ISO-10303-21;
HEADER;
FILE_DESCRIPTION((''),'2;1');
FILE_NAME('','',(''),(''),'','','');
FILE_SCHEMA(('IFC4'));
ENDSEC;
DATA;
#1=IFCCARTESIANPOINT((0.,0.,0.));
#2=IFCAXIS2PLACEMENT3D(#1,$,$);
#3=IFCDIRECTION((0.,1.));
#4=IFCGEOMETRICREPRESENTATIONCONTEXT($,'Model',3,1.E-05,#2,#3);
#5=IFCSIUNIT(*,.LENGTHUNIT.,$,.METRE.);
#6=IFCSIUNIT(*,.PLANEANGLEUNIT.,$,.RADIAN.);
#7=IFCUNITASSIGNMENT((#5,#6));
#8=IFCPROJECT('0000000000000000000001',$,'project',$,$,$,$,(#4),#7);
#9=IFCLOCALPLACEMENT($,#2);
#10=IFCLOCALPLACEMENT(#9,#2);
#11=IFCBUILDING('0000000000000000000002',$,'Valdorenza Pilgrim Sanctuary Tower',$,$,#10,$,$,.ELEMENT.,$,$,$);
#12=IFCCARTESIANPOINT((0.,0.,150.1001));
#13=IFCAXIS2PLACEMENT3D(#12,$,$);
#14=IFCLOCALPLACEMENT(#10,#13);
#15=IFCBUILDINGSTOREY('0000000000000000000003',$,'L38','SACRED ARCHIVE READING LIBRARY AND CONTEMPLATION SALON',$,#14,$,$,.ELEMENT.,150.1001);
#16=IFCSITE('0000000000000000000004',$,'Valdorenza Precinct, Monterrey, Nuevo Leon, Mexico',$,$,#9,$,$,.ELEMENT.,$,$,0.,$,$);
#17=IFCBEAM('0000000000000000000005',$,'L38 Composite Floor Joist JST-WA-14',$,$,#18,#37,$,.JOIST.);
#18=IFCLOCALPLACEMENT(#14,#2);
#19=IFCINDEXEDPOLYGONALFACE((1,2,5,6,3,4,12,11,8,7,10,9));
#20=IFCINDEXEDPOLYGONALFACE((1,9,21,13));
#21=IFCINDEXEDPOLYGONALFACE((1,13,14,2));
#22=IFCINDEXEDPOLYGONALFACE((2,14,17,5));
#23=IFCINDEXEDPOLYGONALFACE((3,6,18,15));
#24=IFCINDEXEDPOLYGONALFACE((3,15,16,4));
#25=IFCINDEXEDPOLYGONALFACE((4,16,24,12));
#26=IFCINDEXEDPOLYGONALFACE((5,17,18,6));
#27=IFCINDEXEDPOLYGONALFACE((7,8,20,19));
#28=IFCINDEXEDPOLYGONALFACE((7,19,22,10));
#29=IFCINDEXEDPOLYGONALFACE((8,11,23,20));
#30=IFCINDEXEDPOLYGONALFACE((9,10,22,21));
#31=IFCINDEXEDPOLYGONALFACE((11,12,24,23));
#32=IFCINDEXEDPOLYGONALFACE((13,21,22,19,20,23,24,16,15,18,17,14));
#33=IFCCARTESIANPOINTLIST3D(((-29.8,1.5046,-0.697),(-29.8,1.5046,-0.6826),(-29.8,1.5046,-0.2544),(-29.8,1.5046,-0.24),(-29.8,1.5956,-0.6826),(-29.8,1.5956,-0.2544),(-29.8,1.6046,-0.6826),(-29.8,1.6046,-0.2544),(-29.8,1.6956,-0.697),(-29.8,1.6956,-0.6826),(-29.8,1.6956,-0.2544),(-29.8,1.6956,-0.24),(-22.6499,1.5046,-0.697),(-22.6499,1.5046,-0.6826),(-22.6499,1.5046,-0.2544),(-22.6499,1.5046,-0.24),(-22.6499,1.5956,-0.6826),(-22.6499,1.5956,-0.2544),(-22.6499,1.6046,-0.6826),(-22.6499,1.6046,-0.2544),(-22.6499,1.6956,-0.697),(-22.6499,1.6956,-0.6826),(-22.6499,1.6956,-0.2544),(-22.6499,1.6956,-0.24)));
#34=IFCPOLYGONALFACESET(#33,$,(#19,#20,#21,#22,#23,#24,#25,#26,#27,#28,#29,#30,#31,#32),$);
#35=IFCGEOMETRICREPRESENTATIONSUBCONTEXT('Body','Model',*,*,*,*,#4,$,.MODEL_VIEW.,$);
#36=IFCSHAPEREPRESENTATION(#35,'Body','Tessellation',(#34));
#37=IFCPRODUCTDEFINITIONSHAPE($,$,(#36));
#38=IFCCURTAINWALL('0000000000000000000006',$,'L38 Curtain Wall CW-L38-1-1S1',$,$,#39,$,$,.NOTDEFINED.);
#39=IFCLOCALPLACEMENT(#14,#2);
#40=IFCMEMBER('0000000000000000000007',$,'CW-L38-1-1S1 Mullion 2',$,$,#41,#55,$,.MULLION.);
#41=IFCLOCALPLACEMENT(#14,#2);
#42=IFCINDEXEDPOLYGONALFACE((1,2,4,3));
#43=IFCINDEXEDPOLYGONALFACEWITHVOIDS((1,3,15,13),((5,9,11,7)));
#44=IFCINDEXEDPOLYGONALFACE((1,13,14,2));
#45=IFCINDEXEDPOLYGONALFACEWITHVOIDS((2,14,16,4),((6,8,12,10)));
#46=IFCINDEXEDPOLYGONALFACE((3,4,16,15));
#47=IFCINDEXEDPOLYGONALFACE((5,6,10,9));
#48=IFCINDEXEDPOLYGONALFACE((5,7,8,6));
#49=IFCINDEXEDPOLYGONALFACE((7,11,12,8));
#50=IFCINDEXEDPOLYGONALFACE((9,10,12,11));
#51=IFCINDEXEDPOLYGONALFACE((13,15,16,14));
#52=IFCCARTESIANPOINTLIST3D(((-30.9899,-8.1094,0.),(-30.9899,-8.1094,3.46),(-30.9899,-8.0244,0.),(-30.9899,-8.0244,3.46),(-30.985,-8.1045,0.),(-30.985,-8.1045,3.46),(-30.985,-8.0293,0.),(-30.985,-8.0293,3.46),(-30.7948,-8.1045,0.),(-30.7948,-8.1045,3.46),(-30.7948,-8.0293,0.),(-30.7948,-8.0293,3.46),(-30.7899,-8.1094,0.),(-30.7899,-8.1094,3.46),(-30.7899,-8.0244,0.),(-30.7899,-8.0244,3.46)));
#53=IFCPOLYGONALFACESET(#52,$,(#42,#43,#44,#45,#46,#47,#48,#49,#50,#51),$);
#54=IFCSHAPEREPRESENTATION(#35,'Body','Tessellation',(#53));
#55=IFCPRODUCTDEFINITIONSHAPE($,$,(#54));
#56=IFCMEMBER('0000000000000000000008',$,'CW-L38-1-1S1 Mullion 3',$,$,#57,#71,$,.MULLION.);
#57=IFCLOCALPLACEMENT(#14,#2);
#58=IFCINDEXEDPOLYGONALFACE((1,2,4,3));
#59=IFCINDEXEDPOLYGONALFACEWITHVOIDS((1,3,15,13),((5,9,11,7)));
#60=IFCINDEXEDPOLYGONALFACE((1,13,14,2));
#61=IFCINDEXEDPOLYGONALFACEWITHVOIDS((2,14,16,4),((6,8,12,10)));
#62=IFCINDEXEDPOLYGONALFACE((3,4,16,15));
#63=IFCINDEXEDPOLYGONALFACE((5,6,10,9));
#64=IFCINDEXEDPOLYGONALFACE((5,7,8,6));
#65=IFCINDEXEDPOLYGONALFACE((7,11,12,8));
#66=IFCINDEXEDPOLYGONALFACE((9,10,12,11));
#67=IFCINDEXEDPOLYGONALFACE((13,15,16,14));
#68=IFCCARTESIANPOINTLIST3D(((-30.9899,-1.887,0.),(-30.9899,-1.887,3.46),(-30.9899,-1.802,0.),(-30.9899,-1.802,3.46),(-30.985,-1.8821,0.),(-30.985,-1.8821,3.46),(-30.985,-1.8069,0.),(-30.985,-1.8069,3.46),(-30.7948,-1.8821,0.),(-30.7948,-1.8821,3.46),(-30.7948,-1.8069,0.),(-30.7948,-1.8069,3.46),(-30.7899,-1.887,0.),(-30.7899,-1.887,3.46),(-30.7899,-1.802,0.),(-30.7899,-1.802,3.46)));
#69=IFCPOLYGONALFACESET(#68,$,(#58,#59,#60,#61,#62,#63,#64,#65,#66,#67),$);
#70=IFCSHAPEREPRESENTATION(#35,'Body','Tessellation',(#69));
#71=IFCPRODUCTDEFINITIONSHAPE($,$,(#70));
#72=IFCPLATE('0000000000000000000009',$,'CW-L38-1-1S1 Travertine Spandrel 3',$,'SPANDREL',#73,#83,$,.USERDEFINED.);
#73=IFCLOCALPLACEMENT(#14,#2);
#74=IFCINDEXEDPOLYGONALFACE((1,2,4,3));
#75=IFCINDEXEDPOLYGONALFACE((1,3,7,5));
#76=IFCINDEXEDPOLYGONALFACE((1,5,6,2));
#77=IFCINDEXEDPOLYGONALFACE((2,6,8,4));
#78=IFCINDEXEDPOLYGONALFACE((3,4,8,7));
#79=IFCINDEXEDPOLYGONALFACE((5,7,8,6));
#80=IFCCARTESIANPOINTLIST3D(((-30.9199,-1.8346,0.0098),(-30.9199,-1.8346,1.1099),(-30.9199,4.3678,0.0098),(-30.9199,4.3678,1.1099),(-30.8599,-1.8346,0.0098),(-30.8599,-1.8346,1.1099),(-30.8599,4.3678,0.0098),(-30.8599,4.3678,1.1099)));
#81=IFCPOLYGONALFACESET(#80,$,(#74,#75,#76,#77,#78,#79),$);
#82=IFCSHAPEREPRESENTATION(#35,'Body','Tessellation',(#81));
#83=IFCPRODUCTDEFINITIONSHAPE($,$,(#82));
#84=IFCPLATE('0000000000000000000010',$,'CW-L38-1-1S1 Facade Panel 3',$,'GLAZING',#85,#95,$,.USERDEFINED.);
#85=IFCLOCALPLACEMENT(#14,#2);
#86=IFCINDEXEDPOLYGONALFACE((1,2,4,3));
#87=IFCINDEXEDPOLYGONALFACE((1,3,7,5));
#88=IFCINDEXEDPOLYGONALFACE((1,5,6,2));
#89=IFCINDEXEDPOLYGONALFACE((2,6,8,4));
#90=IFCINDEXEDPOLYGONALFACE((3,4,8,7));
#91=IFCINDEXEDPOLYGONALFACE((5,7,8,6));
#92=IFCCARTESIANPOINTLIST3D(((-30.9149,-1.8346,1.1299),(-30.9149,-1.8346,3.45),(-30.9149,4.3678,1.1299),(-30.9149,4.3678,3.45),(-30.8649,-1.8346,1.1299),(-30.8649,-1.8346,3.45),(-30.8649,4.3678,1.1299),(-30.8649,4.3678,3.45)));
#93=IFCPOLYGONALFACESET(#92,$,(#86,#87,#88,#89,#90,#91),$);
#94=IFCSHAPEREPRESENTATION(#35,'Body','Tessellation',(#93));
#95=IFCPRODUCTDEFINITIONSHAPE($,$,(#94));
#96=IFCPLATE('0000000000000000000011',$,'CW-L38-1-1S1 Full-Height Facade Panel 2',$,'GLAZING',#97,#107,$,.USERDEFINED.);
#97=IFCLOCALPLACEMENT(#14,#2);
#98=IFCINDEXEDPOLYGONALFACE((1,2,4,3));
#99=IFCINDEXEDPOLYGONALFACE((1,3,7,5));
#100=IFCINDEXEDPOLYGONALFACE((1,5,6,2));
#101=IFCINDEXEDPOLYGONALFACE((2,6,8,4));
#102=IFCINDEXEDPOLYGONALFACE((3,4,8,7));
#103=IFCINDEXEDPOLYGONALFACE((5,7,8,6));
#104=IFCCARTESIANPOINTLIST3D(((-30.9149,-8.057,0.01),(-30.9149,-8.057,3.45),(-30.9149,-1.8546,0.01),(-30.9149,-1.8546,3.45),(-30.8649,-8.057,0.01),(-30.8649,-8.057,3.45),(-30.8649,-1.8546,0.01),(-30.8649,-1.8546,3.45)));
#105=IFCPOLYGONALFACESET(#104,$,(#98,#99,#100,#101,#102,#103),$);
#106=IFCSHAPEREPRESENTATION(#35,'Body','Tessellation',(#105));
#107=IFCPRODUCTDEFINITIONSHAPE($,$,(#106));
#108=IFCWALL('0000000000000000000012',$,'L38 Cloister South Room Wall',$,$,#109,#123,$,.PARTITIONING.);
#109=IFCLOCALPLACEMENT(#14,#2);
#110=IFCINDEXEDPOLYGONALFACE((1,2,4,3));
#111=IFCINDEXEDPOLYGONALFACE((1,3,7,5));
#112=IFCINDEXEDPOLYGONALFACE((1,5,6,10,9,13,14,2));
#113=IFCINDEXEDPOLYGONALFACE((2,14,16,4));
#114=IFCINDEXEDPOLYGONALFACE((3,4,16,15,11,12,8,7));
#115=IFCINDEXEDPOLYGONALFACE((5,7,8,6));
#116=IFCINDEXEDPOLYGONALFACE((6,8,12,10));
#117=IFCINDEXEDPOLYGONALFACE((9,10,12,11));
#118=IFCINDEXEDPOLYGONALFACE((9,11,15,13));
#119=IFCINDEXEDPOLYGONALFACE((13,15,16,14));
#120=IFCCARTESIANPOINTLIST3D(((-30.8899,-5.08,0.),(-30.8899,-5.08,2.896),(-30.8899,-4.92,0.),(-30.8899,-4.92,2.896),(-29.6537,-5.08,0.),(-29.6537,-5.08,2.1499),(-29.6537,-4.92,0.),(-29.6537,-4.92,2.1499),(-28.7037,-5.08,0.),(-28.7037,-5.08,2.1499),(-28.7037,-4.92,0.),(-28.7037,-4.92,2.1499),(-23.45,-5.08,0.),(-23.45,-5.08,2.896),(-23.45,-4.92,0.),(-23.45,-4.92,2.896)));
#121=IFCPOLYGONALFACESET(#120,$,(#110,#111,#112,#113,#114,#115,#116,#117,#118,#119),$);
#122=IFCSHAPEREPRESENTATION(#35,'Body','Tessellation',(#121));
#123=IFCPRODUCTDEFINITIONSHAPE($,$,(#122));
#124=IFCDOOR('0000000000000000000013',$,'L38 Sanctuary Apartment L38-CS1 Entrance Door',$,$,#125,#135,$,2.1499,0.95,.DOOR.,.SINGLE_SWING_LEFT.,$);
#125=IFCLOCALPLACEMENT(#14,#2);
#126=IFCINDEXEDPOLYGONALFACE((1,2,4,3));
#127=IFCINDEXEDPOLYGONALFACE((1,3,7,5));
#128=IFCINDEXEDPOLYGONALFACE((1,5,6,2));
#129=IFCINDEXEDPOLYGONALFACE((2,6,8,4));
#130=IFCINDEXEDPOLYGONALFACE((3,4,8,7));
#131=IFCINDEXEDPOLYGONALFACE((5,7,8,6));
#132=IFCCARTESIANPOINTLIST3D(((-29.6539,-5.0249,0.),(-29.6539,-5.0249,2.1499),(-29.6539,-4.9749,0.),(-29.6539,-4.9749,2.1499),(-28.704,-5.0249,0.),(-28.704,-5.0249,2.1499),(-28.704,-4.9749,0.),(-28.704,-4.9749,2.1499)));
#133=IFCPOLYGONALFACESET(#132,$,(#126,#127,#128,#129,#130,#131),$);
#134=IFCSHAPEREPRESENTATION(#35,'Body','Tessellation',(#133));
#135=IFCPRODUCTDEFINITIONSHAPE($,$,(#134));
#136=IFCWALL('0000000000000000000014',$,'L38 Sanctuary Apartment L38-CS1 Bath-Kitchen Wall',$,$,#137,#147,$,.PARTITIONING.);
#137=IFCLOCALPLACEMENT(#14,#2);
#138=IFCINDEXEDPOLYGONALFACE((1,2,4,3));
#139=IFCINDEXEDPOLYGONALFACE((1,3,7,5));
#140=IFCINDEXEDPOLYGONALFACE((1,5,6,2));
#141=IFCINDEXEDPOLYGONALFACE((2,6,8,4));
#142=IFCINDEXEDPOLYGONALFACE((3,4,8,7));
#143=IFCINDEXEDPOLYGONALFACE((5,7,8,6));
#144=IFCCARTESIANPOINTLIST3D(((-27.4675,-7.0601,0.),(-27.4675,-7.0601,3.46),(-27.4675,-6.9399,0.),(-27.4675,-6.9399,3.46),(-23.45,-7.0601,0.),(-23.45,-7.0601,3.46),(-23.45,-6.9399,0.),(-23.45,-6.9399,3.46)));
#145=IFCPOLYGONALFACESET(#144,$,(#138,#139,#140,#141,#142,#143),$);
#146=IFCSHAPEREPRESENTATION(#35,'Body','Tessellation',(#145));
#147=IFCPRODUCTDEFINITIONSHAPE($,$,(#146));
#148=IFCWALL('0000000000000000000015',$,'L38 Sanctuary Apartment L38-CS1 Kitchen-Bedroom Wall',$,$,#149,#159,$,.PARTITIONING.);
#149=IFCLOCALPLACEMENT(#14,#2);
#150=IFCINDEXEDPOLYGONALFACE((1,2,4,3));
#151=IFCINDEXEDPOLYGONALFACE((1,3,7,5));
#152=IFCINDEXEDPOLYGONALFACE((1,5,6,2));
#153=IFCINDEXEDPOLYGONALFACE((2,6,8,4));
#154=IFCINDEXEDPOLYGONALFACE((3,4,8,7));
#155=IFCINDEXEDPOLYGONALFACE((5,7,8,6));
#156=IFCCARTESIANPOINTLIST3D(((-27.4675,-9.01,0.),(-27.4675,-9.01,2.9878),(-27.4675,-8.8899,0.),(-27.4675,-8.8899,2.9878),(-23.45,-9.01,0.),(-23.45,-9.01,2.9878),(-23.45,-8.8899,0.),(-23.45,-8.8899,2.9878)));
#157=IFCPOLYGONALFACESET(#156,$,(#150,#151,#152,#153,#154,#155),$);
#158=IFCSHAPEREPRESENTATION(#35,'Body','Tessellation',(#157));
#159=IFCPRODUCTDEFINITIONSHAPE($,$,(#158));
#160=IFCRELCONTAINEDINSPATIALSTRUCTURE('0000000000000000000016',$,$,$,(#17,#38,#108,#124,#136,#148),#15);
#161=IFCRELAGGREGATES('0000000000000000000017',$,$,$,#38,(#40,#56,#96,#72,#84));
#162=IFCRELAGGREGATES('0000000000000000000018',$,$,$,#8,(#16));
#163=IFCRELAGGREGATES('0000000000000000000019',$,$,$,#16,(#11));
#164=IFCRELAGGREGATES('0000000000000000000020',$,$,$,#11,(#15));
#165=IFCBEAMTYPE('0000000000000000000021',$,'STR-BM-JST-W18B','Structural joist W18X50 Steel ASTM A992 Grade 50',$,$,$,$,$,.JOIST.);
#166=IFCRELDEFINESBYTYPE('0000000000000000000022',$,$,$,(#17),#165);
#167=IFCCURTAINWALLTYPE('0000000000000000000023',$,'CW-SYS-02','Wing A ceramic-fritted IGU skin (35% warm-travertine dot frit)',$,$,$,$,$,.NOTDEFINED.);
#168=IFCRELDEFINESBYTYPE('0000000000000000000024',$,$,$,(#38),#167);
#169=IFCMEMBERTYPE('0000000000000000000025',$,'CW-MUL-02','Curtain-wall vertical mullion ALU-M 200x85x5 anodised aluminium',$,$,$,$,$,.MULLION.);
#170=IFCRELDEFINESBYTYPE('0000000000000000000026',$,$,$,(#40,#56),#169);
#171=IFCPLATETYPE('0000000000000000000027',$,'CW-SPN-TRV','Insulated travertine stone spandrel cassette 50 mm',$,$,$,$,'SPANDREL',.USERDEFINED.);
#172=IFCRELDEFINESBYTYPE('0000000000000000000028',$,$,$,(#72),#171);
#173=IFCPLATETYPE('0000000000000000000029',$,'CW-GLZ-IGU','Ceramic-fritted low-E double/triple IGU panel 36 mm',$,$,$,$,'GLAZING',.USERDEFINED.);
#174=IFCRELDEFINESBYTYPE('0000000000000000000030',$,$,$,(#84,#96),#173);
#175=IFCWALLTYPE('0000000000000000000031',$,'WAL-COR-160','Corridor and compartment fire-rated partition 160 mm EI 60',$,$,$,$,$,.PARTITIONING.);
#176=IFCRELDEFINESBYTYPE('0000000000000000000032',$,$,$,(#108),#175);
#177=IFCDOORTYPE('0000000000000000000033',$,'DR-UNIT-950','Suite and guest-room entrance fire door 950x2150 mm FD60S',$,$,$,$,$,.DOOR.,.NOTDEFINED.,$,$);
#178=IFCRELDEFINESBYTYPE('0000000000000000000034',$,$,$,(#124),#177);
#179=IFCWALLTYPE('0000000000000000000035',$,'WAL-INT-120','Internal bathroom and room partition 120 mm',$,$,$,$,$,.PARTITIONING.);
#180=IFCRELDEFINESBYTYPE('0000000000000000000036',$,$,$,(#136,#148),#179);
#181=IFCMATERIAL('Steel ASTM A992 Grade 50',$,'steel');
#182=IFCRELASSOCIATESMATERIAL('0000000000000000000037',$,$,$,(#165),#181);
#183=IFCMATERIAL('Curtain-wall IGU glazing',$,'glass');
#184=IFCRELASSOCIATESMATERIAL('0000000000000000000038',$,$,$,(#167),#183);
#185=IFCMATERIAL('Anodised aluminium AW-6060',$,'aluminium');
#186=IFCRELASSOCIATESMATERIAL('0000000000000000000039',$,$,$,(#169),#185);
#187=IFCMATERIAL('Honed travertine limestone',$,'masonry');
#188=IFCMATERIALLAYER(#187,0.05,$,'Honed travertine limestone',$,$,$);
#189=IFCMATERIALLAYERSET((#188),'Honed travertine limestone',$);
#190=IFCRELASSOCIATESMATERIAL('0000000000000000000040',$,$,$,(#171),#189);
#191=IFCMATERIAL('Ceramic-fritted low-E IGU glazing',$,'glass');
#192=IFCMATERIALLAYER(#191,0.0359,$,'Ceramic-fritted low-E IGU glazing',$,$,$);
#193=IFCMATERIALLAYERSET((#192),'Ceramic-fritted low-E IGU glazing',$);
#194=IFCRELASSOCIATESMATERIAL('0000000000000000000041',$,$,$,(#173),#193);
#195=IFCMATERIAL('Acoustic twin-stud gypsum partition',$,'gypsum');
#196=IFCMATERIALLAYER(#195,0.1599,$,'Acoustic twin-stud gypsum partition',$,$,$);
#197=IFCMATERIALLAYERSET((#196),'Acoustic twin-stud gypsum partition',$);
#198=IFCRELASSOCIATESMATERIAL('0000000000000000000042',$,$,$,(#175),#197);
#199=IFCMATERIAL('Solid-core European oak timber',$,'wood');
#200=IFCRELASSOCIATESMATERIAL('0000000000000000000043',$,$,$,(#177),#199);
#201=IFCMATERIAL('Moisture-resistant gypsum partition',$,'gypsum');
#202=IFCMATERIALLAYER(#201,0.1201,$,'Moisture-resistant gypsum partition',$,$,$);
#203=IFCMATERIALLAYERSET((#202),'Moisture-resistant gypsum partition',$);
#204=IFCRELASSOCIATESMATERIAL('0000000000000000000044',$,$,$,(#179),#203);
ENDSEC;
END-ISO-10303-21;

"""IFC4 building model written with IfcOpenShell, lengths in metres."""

from ifc_helpers import new_model, si_unit, direction, frame, frame_2d, origin, origin_2d, place, context, subcontext, project, spatial, rectangle, hollow_rectangle, i_section, extrude, source, transform, mapped, material, layer, layer_set, material_profile, profile_set, type_object, element, fill, aggregate, save


model = new_model("IFC4")

# Units and contexts
model_context = context("Model", 3, precision=1e-05, world=origin(), true_north=direction((0.0, 1.0)))
body_context = subcontext(model_context, "Body", "Model", "MODEL_VIEW")
ifc_project = project(units=[si_unit("LENGTHUNIT", "METRE"), si_unit("PLANEANGLEUNIT", "RADIAN")], contexts=[model_context])

# Site, building, storey
site_placement = place(None, origin())
site = spatial("IfcSite", under=ifc_project, at=site_placement, Name="Valdorenza Precinct, Monterrey, Nuevo Leon, Mexico", CompositionType="ELEMENT", RefElevation=0.0)
building_placement = place(site_placement, origin())
building = spatial("IfcBuilding", under=site, at=building_placement, Name="Valdorenza Pilgrim Sanctuary Tower", CompositionType="ELEMENT")
storey_placement = place(building_placement, frame((0.0, 0.0, 150.1001)))
storey = spatial("IfcBuildingStorey", under=building, at=storey_placement, Name="L38", Description="SACRED ARCHIVE READING LIBRARY AND CONTEMPLATION SALON", CompositionType="ELEMENT", Elevation=150.1001)

# Beam
ifc_material_1 = material(Name="Steel ASTM A992 Grade 50", Category="steel")
ifc_material_profile_1 = material_profile(ifc_material_1, i_section(OverallWidth=0.1909, OverallDepth=0.457, WebThickness=0.009, FlangeThickness=0.0144, at=origin_2d()), Name="W18X50")
ifc_profile_set_1 = profile_set([ifc_material_profile_1], Name="Steel ASTM A992 Grade 50")
beam_type_1 = type_object("IfcBeamType", Name="STR-BM-JST-W18B", Description="Structural joist W18X50 Steel ASTM A992 Grade 50", PredefinedType="JOIST", material=ifc_profile_set_1)
shared_shape_1 = source(origin(), body_context, "Body", "SweptSolid", [
    extrude(i_section(OverallWidth=0.1909, OverallDepth=0.457, WebThickness=0.009, FlangeThickness=0.0144, at=origin_2d()), origin(), (0.0, 0.0, 1.0), 7.1501),
])
for number, where, z_axis, x_axis, name in (
    (1, (-29.8, 1.6001, -0.4685), (1.0, 0.0, 0.0), (0.0, 1.0, 0.0), "L38 Composite Floor Joist JST-WA-14"),
):
    element("IfcBeam", number, at=place(storey_placement, frame(where, z_axis=z_axis, x_axis=x_axis)), inside=storey, type_object=beam_type_1, Name=name, PredefinedType="JOIST", context=body_context, shape_type="MappedRepresentation", body=[
        mapped(shared_shape_1, transform((0.0, 0.0, 0.0), x_axis=(1.0, 0.0, 0.0), y_axis=(0.0, 1.0, 0.0), z_axis=(0.0, 0.0, 1.0), scale=1.0)),
    ])

# Curtain wall, members, plates
ifc_material_2 = material(Name="Curtain-wall IGU glazing", Category="glass")
curtain_wall_type = type_object("IfcCurtainWallType", Name="CW-SYS-02", Description="Wing A ceramic-fritted IGU skin (35% warm-travertine dot frit)", PredefinedType="NOTDEFINED", material=ifc_material_2)
curtain_wall_placement = place(storey_placement, origin())
curtain_wall = element("IfcCurtainWall", 2, at=curtain_wall_placement, inside=storey, type_object=curtain_wall_type, Name="L38 Curtain Wall CW-L38-1-1S1", PredefinedType="NOTDEFINED")
ifc_material_3 = material(Name="Anodised aluminium AW-6060", Category="aluminium")
ifc_material_profile_2 = material_profile(ifc_material_3, hollow_rectangle(XDim=0.085, YDim=0.2, WallThickness=0.0049, at=origin_2d()), Name="ALU-M 200x85x5")
ifc_profile_set_2 = profile_set([ifc_material_profile_2], Name="Anodised aluminium AW-6060")
member_type = type_object("IfcMemberType", Name="CW-MUL-02", Description="Curtain-wall vertical mullion ALU-M 200x85x5 anodised aluminium", PredefinedType="MULLION", material=ifc_profile_set_2)
shared_shape_2 = source(origin(), body_context, "Body", "SweptSolid", [
    extrude(hollow_rectangle(XDim=0.085, YDim=0.2, WallThickness=0.0049, at=origin_2d()), origin(), (0.0, 0.0, 1.0), 3.46),
])
member_1_placement = place(storey_placement, frame((-30.8899, -8.0669, 0.0), z_axis=(0.0, 0.0, 1.0), x_axis=(0.0, 1.0, 0.0)))
member_1 = element("IfcMember", 3, at=member_1_placement, type_object=member_type, Name="CW-L38-1-1S1 Mullion 2", PredefinedType="MULLION", context=body_context, shape_type="MappedRepresentation", body=[
    mapped(shared_shape_2, transform((0.0, 0.0, 0.0), x_axis=(1.0, 0.0, 0.0), y_axis=(0.0, 1.0, 0.0), z_axis=(0.0, 0.0, 1.0), scale=1.0)),
])
member_2_placement = place(storey_placement, frame((-30.8899, -1.8445, 0.0), z_axis=(0.0, 0.0, 1.0), x_axis=(0.0, 1.0, 0.0)))
member_2 = element("IfcMember", 4, at=member_2_placement, type_object=member_type, Name="CW-L38-1-1S1 Mullion 3", PredefinedType="MULLION", context=body_context, shape_type="MappedRepresentation", body=[
    mapped(shared_shape_2, transform((0.0, 0.0, 0.0), x_axis=(1.0, 0.0, 0.0), y_axis=(0.0, 1.0, 0.0), z_axis=(0.0, 0.0, 1.0), scale=1.0)),
])
ifc_material_4 = material(Name="Honed travertine limestone", Category="masonry")
ifc_layer_1 = layer(ifc_material_4, 0.05, Name="Honed travertine limestone")
ifc_layer_set_1 = layer_set([ifc_layer_1], Name="Honed travertine limestone")
plate_type_1 = type_object("IfcPlateType", Name="CW-SPN-TRV", Description="Insulated travertine stone spandrel cassette 50 mm", ElementType="SPANDREL", PredefinedType="USERDEFINED", material=ifc_layer_set_1)
shared_shape_3 = source(origin(), body_context, "Body", "SweptSolid", [
    extrude(rectangle(XDim=6.2024, YDim=0.0601, at=origin_2d()), origin(), (0.0, 0.0, 1.0), 1.1001),
])
plate_1_placement = place(storey_placement, frame((-30.8899, 1.2666, 0.0098), z_axis=(0.0, 0.0, 1.0), x_axis=(0.0, 1.0, 0.0)))
plate_1 = element("IfcPlate", 5, at=plate_1_placement, type_object=plate_type_1, Name="CW-L38-1-1S1 Travertine Spandrel 3", ObjectType="SPANDREL", PredefinedType="USERDEFINED", context=body_context, shape_type="MappedRepresentation", body=[
    mapped(shared_shape_3, transform((0.0, 0.0, 0.0), x_axis=(1.0, 0.0, 0.0), y_axis=(0.0, 1.0, 0.0), z_axis=(0.0, 0.0, 1.0), scale=1.0)),
])
ifc_material_5 = material(Name="Ceramic-fritted low-E IGU glazing", Category="glass")
ifc_layer_2 = layer(ifc_material_5, 0.0359, Name="Ceramic-fritted low-E IGU glazing")
ifc_layer_set_2 = layer_set([ifc_layer_2], Name="Ceramic-fritted low-E IGU glazing")
plate_type_2 = type_object("IfcPlateType", Name="CW-GLZ-IGU", Description="Ceramic-fritted low-E double/triple IGU panel 36 mm", ElementType="GLAZING", PredefinedType="USERDEFINED", material=ifc_layer_set_2)
shared_shape_4 = source(origin(), body_context, "Body", "SweptSolid", [
    extrude(rectangle(XDim=6.2024, YDim=0.05, at=origin_2d()), origin(), (0.0, 0.0, 1.0), 2.3201),
])
plate_2_placement = place(storey_placement, frame((-30.8899, 1.2666, 1.1299), z_axis=(0.0, 0.0, 1.0), x_axis=(0.0, 1.0, 0.0)))
plate_2 = element("IfcPlate", 6, at=plate_2_placement, type_object=plate_type_2, Name="CW-L38-1-1S1 Facade Panel 3", ObjectType="GLAZING", PredefinedType="USERDEFINED", context=body_context, shape_type="MappedRepresentation", body=[
    mapped(shared_shape_4, transform((0.0, 0.0, 0.0), x_axis=(1.0, 0.0, 0.0), y_axis=(0.0, 1.0, 0.0), z_axis=(0.0, 0.0, 1.0), scale=1.0)),
])
shared_shape_5 = source(origin(), body_context, "Body", "SweptSolid", [
    extrude(rectangle(XDim=6.2024, YDim=0.05, at=origin_2d()), origin(), (0.0, 0.0, 1.0), 3.4399),
])
plate_3_placement = place(storey_placement, frame((-30.8899, -4.9558, 0.01), z_axis=(0.0, 0.0, 1.0), x_axis=(0.0, 1.0, 0.0)))
plate_3 = element("IfcPlate", 7, at=plate_3_placement, type_object=plate_type_2, Name="CW-L38-1-1S1 Full-Height Facade Panel 2", ObjectType="GLAZING", PredefinedType="USERDEFINED", context=body_context, shape_type="MappedRepresentation", body=[
    mapped(shared_shape_5, transform((0.0, 0.0, 0.0), x_axis=(1.0, 0.0, 0.0), y_axis=(0.0, 1.0, 0.0), z_axis=(0.0, 0.0, 1.0), scale=1.0)),
])
aggregate(curtain_wall, [member_1, member_2, plate_3, plate_1, plate_2])

# Wall, opening, door
ifc_material_6 = material(Name="Acoustic twin-stud gypsum partition", Category="gypsum")
ifc_layer_3 = layer(ifc_material_6, 0.1599, Name="Acoustic twin-stud gypsum partition")
ifc_layer_set_3 = layer_set([ifc_layer_3], Name="Acoustic twin-stud gypsum partition")
wall_type_1 = type_object("IfcWallType", Name="WAL-COR-160", Description="Corridor and compartment fire-rated partition 160 mm EI 60", PredefinedType="PARTITIONING", material=ifc_layer_set_3)
wall_1_placement = place(storey_placement, frame((-30.8899, -5.0, 0.0), z_axis=(0.0, 0.0, 1.0), x_axis=(1.0, 0.0, 0.0)))
wall_1 = element("IfcWall", 8, at=wall_1_placement, inside=storey, type_object=wall_type_1, Name="L38 Cloister South Room Wall", PredefinedType="PARTITIONING", context=body_context, shape_type="SweptSolid", body=[
    extrude(rectangle(XDim=7.4399, YDim=0.1599, at=frame_2d((3.72, 0.0))), origin(), (0.0, 0.0, 1.0), 2.896),
])
opening_1_placement = place(wall_1_placement, frame((1.2361, 0.0, 0.0)))
opening_1 = element("IfcOpeningElement", 9, at=opening_1_placement, cuts=wall_1, PredefinedType="OPENING", context=body_context, shape_type="SweptSolid", body=[
    extrude(rectangle(XDim=0.95, YDim=2.1499, at=frame_2d((0.4751, 1.075))), frame((0.0, 0.0947, 0.0), z_axis=(0.0, -1.0, 0.0), x_axis=(1.0, 0.0, 0.0)), (0.0, 0.0, 1.0), 0.1897),
])
ifc_material_7 = material(Name="Solid-core European oak timber", Category="wood")
door_type_1 = type_object("IfcDoorType", Name="DR-UNIT-950", Description="Suite and guest-room entrance fire door 950x2150 mm FD60S", OperationType="NOTDEFINED", PredefinedType="DOOR", material=ifc_material_7)
door_1_placement = place(opening_1_placement, frame((0.95, 0.0, 0.0), z_axis=(0.0, 0.0, 1.0), x_axis=(-1.0, 0.0, 0.0)))
door_1 = element("IfcDoor", 10, at=door_1_placement, inside=storey, type_object=door_type_1, Name="L38 Sanctuary Apartment L38-CS1 Entrance Door", OperationType="SINGLE_SWING_LEFT", OverallHeight=2.1499, OverallWidth=0.95, PredefinedType="DOOR", context=body_context, shape_type="SweptSolid", body=[
    extrude(rectangle(XDim=0.95, YDim=2.1499, at=frame_2d((0.4751, 1.075))), frame((0.0, 0.0249, 0.0), z_axis=(0.0, -1.0, 0.0), x_axis=(1.0, 0.0, 0.0)), (0.0, 0.0, 1.0), 0.05),
])
fill(opening_1, door_1)

# Walls
ifc_material_8 = material(Name="Moisture-resistant gypsum partition", Category="gypsum")
ifc_layer_4 = layer(ifc_material_8, 0.1201, Name="Moisture-resistant gypsum partition")
ifc_layer_set_4 = layer_set([ifc_layer_4], Name="Moisture-resistant gypsum partition")
wall_type_2 = type_object("IfcWallType", Name="WAL-INT-120", Description="Internal bathroom and room partition 120 mm", PredefinedType="PARTITIONING", material=ifc_layer_set_4)
wall_2_placement = place(storey_placement, frame((-27.4675, -7.0, 0.0), z_axis=(0.0, 0.0, 1.0), x_axis=(1.0, 0.0, 0.0)))
element("IfcWall", 11, at=wall_2_placement, inside=storey, type_object=wall_type_2, Name="L38 Sanctuary Apartment L38-CS1 Bath-Kitchen Wall", PredefinedType="PARTITIONING", context=body_context, shape_type="SweptSolid", body=[
    extrude(rectangle(XDim=4.0176, YDim=0.1201, at=frame_2d((2.0088, 0.0))), origin(), (0.0, 0.0, 1.0), 3.46),
])
wall_3_placement = place(storey_placement, frame((-27.4675, -8.95, 0.0), z_axis=(0.0, 0.0, 1.0), x_axis=(1.0, 0.0, 0.0)))
element("IfcWall", 12, at=wall_3_placement, inside=storey, type_object=wall_type_2, Name="L38 Sanctuary Apartment L38-CS1 Kitchen-Bedroom Wall", PredefinedType="PARTITIONING", context=body_context, shape_type="SweptSolid", body=[
    extrude(rectangle(XDim=4.0176, YDim=0.1201, at=frame_2d((2.0088, 0.0))), origin(), (0.0, 0.0, 1.0), 2.9878),
])

save(model, "model.ifc")
